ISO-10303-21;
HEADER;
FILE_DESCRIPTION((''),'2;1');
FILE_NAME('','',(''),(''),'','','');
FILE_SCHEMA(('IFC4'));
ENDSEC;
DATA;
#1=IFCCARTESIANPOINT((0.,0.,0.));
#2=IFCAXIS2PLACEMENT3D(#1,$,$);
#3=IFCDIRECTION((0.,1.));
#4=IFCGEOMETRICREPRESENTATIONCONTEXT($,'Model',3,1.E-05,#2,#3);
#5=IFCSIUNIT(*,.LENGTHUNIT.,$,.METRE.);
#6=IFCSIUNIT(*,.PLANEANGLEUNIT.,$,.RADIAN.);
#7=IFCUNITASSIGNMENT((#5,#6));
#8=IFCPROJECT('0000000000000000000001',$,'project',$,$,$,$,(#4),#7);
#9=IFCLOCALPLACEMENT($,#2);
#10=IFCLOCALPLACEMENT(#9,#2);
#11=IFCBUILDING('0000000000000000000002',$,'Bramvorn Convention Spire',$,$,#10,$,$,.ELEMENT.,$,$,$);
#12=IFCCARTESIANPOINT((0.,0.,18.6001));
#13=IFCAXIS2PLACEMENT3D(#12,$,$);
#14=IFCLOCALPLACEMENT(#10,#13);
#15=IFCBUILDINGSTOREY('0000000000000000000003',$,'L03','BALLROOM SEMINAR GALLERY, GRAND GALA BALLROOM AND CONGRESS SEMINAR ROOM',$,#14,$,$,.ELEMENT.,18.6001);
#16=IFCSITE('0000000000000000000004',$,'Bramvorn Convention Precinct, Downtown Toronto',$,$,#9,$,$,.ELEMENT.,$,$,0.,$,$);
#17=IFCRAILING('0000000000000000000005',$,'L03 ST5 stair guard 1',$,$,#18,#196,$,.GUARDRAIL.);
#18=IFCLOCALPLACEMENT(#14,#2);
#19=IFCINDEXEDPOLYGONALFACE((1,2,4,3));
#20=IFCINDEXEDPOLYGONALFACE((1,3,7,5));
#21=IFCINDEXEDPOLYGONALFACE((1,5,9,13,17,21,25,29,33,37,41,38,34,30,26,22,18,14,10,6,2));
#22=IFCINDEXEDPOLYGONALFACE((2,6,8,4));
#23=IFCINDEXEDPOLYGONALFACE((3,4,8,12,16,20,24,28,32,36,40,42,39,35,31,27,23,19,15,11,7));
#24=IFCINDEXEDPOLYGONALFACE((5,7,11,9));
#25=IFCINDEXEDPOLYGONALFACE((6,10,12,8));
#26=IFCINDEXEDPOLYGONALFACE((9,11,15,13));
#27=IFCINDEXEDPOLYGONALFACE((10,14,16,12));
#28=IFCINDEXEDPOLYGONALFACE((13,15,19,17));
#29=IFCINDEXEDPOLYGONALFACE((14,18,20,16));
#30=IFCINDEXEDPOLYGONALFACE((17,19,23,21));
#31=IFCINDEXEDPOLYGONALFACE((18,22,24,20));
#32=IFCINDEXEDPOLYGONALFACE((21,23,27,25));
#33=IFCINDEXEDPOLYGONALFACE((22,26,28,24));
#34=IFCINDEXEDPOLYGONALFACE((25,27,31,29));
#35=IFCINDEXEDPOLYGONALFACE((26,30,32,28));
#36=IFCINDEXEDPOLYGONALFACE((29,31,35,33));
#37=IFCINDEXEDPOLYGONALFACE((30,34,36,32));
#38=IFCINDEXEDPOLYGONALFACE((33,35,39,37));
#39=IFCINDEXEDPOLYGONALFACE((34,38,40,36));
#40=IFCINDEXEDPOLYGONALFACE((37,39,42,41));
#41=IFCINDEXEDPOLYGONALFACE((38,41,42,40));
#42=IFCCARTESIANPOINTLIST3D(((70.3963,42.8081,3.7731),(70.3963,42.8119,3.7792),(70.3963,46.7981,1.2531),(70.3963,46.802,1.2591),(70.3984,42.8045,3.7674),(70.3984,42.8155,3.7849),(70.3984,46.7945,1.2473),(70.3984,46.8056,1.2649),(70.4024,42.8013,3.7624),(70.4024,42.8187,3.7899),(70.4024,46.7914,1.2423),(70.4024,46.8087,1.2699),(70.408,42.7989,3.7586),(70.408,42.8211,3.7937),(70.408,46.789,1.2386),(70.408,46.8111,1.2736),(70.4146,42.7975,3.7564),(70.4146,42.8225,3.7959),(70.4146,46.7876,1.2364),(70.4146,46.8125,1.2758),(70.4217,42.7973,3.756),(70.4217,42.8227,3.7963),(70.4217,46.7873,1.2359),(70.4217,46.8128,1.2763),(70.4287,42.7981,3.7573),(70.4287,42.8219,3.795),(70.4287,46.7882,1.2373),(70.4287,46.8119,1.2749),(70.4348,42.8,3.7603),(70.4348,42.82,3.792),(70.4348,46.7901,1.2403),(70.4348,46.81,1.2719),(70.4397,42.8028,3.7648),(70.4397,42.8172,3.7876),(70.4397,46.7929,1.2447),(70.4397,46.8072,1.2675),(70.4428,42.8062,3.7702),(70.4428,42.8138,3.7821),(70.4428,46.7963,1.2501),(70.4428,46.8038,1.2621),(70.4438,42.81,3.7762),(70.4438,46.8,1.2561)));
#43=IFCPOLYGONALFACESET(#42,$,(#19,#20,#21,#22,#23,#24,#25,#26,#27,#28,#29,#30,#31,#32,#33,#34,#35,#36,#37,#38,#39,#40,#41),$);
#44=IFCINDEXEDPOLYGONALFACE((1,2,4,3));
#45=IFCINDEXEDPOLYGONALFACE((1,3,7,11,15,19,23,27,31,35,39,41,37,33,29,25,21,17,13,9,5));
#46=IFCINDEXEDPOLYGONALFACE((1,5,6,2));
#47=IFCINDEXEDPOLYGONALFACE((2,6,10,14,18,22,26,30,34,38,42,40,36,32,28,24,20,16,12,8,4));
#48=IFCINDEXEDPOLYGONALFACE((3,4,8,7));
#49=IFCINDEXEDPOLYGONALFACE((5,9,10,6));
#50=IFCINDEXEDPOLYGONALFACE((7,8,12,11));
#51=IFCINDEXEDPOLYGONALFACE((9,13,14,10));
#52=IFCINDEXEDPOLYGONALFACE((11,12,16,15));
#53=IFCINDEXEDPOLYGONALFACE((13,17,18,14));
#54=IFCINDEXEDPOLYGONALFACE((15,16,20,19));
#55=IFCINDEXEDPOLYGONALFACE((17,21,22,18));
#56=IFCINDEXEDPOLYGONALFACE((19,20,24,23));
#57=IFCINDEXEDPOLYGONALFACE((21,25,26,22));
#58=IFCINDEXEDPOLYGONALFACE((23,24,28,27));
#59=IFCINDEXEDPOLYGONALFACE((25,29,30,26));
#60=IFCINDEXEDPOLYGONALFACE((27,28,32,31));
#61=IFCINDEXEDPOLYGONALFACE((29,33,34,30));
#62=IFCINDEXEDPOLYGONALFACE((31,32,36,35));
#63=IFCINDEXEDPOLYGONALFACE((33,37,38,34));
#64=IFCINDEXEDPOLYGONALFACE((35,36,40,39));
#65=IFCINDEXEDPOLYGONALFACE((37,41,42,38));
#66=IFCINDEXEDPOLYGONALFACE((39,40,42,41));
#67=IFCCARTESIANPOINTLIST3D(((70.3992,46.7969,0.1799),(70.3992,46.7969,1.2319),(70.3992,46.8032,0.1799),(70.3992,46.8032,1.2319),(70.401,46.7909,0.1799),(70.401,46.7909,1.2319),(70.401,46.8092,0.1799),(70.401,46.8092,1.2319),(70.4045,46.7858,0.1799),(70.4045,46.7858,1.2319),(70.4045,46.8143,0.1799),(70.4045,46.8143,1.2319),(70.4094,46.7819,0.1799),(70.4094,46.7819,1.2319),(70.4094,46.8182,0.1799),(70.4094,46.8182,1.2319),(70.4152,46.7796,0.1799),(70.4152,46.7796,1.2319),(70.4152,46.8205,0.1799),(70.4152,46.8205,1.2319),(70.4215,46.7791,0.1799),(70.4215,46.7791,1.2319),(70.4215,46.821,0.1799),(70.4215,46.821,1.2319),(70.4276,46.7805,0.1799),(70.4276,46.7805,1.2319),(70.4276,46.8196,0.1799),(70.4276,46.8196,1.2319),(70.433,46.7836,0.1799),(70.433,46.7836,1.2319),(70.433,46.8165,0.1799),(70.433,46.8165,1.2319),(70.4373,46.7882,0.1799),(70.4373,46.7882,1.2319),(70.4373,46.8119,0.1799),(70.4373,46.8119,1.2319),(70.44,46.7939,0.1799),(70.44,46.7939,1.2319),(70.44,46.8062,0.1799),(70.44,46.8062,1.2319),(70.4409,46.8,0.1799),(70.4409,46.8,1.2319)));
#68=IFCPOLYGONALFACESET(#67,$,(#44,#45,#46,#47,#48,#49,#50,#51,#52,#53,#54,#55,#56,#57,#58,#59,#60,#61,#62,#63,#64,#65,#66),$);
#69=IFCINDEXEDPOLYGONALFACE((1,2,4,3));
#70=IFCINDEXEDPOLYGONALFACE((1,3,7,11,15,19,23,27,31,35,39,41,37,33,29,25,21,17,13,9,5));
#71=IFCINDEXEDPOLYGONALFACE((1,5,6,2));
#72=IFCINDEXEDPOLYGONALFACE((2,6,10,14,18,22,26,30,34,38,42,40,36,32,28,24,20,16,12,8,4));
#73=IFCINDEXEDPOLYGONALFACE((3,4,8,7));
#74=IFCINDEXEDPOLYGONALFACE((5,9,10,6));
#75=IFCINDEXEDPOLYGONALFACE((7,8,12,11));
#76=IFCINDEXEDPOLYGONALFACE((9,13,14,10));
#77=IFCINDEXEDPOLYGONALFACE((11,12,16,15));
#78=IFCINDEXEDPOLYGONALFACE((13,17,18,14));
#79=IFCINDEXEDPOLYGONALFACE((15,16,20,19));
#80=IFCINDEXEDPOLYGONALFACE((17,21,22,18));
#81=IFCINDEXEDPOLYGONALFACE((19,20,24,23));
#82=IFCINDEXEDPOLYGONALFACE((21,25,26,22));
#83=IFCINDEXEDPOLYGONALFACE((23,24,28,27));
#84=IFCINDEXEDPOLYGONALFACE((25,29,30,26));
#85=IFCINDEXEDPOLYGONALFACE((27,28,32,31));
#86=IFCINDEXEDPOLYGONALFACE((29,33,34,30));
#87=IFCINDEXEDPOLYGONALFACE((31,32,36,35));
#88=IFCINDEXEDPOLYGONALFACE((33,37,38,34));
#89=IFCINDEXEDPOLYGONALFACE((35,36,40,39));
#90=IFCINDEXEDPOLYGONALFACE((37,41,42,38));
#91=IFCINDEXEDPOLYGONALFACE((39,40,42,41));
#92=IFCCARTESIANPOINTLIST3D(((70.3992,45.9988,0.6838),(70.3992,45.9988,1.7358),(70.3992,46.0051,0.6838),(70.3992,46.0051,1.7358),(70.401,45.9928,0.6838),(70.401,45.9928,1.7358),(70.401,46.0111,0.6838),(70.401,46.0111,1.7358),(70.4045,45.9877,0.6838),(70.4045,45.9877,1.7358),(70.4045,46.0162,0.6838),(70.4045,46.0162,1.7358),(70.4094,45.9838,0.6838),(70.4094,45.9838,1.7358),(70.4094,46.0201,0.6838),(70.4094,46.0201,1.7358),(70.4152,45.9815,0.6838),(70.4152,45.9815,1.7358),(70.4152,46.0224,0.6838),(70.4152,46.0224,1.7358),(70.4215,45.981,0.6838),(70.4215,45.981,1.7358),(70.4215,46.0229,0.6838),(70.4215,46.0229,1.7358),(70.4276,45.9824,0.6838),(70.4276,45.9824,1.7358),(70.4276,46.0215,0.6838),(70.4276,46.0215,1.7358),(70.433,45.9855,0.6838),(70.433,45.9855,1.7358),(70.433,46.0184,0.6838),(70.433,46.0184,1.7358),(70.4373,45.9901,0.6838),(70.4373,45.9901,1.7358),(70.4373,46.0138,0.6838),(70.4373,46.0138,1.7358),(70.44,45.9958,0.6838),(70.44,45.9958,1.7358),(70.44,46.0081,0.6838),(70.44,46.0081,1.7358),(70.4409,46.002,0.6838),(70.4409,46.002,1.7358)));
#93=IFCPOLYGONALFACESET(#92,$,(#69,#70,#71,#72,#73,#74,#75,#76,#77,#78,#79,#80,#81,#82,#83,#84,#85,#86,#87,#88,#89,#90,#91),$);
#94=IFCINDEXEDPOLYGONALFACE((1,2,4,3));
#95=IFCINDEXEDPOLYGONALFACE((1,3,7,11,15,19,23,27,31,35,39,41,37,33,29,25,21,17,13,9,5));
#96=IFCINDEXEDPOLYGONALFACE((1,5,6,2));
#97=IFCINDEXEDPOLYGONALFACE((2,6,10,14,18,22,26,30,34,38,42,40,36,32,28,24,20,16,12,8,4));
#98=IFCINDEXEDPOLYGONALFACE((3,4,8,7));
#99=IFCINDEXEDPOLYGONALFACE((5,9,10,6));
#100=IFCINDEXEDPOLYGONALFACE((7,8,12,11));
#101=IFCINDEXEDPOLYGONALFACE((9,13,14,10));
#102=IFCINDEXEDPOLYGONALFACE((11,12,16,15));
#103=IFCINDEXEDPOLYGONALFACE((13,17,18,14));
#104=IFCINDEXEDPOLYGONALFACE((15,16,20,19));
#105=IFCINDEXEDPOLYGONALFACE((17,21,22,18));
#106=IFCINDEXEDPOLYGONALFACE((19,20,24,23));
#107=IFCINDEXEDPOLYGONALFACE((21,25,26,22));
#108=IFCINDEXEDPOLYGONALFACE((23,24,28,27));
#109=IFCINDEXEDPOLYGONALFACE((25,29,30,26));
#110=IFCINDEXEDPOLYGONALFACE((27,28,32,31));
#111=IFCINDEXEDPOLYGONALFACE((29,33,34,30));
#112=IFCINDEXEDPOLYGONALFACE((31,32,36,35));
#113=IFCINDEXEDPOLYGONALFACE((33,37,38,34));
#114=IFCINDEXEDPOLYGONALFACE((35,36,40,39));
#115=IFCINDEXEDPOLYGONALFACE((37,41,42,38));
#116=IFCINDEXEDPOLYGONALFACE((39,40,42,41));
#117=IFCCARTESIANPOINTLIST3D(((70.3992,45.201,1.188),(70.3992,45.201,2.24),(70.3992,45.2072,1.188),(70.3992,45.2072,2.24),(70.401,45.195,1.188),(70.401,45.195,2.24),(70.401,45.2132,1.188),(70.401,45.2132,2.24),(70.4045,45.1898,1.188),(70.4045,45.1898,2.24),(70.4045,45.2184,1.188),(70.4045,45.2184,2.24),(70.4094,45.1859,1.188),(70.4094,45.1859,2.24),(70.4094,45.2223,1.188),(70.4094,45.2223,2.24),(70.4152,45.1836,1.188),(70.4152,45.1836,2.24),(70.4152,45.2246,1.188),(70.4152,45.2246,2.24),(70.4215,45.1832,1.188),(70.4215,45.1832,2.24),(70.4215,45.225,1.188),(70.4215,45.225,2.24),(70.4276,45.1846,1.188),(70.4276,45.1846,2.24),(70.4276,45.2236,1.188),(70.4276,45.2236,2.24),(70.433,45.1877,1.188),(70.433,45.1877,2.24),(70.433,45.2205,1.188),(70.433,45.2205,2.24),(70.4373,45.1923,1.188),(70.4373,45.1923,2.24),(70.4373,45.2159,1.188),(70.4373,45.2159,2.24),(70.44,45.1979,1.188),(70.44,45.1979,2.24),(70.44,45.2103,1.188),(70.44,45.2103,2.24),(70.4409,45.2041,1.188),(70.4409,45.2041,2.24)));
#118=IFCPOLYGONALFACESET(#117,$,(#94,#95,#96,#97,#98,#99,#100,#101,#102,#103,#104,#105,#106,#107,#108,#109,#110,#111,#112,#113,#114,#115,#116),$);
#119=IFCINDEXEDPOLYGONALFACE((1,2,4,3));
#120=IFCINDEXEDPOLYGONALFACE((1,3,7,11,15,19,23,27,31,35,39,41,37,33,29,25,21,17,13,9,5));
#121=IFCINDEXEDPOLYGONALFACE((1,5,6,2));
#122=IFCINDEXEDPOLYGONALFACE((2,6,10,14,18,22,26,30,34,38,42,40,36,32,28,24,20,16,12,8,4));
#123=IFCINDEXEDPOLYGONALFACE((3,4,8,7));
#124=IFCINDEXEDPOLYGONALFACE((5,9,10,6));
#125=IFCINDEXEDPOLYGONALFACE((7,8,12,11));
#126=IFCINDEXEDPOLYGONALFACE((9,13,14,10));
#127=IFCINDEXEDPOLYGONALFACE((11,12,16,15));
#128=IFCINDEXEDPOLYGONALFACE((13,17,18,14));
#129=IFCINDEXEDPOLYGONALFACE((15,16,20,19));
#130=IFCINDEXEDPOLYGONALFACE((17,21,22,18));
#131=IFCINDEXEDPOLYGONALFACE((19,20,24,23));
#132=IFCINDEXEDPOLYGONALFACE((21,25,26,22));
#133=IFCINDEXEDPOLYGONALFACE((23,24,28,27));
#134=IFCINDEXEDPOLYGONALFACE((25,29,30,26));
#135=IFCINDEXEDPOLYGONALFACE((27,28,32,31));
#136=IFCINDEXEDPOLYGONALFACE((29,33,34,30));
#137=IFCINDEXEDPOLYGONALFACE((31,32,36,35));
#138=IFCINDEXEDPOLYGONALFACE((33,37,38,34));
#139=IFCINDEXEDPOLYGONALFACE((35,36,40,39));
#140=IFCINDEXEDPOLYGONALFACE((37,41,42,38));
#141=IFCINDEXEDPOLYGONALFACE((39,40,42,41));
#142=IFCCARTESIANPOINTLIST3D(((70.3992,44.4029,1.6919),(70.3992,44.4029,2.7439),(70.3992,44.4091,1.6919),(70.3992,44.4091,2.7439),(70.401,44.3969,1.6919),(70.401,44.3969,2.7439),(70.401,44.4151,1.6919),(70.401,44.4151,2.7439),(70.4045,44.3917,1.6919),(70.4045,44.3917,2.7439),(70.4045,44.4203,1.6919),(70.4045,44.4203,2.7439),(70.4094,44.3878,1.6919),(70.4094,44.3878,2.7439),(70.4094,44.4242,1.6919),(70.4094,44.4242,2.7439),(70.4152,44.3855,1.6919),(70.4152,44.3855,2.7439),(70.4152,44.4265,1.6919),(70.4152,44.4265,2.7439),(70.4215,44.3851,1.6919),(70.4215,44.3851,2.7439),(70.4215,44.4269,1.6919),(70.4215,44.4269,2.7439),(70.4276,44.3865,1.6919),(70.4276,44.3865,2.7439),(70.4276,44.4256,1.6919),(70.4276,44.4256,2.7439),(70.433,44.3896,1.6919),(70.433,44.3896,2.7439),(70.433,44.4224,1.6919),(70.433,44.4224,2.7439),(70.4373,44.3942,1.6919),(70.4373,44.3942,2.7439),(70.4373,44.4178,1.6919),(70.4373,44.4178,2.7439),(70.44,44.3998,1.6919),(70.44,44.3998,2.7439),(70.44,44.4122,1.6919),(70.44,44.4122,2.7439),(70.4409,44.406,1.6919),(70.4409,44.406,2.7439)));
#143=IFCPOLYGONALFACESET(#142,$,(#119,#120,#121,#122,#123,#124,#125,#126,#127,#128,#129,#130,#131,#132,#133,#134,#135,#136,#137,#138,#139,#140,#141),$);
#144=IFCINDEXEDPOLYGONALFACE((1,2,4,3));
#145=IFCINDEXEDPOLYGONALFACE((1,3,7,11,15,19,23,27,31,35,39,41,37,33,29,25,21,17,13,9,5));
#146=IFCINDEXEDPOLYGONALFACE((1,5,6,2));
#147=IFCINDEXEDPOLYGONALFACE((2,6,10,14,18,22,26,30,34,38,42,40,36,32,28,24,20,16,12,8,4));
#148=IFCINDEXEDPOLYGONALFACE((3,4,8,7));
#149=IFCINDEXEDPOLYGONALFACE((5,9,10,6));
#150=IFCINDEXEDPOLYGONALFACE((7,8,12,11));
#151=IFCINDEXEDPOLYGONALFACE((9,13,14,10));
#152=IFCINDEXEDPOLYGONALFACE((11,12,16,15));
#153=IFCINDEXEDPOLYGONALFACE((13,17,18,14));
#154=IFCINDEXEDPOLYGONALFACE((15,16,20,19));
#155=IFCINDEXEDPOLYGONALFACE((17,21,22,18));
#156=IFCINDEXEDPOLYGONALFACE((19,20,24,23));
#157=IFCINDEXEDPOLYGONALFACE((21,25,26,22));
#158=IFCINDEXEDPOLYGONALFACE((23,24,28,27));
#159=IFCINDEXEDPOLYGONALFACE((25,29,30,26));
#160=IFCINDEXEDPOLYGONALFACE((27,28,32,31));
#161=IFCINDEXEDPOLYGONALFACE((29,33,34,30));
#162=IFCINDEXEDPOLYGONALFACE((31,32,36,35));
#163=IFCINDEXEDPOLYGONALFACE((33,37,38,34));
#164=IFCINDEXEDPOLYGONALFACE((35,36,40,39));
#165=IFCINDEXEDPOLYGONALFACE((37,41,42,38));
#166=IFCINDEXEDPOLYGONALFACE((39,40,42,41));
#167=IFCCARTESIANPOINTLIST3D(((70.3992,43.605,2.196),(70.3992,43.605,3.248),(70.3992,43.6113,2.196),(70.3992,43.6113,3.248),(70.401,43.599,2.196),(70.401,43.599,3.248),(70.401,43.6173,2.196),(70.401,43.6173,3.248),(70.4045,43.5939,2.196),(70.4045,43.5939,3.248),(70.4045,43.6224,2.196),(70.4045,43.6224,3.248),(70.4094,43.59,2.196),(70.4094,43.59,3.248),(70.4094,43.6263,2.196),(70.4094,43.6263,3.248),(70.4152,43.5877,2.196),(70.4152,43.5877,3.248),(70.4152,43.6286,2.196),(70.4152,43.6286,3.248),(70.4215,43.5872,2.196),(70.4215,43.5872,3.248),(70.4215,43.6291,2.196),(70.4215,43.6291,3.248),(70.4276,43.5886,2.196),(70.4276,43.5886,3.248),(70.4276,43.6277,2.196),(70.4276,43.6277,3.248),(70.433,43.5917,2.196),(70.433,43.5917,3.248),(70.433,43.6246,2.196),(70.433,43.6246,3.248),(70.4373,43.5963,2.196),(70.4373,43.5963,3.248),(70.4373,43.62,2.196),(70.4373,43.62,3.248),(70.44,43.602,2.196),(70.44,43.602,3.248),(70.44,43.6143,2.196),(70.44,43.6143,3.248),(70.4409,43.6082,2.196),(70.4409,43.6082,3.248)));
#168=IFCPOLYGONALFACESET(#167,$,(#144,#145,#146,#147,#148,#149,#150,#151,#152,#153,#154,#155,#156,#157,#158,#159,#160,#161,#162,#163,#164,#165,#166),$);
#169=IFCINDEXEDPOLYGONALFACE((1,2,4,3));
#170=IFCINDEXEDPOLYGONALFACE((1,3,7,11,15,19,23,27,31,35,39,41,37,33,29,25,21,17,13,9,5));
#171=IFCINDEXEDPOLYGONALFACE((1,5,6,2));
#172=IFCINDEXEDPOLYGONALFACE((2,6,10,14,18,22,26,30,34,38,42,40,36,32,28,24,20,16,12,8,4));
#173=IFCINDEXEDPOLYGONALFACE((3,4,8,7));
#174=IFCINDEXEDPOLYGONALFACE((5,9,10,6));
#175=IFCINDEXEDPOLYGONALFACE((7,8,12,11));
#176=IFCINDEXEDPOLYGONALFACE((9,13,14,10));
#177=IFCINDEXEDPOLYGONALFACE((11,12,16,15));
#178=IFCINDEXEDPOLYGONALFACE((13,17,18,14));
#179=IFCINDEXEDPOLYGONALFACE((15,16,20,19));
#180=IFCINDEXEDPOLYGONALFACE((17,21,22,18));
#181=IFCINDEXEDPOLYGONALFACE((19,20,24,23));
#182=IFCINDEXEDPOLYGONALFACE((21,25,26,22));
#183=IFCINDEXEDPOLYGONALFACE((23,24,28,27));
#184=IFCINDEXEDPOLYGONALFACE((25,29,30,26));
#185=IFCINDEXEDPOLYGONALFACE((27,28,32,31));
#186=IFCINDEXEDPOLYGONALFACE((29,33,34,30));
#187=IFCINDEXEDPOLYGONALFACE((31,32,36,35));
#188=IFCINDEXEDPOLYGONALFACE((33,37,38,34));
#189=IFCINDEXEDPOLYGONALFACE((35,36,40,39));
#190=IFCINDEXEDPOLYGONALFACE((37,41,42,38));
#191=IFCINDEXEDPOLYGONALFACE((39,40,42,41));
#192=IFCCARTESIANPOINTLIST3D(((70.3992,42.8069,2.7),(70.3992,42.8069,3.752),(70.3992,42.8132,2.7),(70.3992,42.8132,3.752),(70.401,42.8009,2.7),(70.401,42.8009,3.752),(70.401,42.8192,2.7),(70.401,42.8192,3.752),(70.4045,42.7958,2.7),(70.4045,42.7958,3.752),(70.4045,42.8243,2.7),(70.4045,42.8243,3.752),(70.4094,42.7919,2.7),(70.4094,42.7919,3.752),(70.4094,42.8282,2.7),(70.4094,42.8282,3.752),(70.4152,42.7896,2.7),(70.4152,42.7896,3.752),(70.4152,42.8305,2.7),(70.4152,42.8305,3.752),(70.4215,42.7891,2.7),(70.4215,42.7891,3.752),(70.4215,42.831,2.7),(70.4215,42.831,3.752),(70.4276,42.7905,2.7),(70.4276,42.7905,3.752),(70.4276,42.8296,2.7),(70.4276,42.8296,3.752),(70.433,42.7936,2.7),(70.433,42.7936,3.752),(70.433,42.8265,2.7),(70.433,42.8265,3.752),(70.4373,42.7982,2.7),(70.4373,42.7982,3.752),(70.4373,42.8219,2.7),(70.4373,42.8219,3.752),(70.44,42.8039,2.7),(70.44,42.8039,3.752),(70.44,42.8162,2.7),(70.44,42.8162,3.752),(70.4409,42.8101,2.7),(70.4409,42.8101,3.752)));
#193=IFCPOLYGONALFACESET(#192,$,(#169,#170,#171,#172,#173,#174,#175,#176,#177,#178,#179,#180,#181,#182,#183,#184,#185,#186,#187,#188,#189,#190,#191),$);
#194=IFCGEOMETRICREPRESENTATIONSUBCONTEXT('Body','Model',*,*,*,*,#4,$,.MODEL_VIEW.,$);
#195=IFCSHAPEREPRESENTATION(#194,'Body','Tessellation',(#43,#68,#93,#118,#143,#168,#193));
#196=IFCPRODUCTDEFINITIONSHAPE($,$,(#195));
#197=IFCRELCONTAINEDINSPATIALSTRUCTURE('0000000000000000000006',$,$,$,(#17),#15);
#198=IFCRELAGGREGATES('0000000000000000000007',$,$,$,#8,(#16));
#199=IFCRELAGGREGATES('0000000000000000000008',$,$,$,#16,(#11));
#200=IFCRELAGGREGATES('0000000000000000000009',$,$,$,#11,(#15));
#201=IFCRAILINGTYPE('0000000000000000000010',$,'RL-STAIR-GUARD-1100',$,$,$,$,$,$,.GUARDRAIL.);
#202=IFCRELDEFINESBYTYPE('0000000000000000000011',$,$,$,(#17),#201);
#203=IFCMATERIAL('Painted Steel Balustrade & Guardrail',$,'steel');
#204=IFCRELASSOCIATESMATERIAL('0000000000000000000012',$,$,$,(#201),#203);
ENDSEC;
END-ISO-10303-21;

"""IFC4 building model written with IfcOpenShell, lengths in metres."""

from ifc_helpers import new_model, si_unit, direction, frame, origin, origin_2d, place, context, subcontext, project, spatial, circle, extrude, material, type_object, element, save


model = new_model("IFC4")

# Units and contexts
model_context = context("Model", 3, precision=1e-05, world=origin(), true_north=direction((0.0, 1.0)))
body_context = subcontext(model_context, "Body", "Model", "MODEL_VIEW")
ifc_project = project(units=[si_unit("LENGTHUNIT", "METRE"), si_unit("PLANEANGLEUNIT", "RADIAN")], contexts=[model_context])

# Site, building, storey
site_placement = place(None, origin())
site = spatial("IfcSite", under=ifc_project, at=site_placement, Name="Bramvorn Convention Precinct, Downtown Toronto", CompositionType="ELEMENT", RefElevation=0.0)
building_placement = place(site_placement, origin())
building = spatial("IfcBuilding", under=site, at=building_placement, Name="Bramvorn Convention Spire", CompositionType="ELEMENT")
storey_placement = place(building_placement, frame((0.0, 0.0, 18.6001)))
storey = spatial("IfcBuildingStorey", under=building, at=storey_placement, Name="L03", Description="BALLROOM SEMINAR GALLERY, GRAND GALA BALLROOM AND CONGRESS SEMINAR ROOM", CompositionType="ELEMENT", Elevation=18.6001)

# Railing
ifc_material_1 = material(Name="Painted Steel Balustrade & Guardrail", Category="steel")
railing_type_1 = type_object("IfcRailingType", Name="RL-STAIR-GUARD-1100", PredefinedType="GUARDRAIL", material=ifc_material_1)
railing_1_placement = place(storey_placement, frame((70.4199, 46.8, 0.1799)))
element("IfcRailing", 1, at=railing_1_placement, inside=storey, type_object=railing_type_1, Name="L03 ST5 stair guard 1", PredefinedType="GUARDRAIL", context=body_context, shape_type="SweptSolid", body=[
    extrude(circle(Radius=0.0239, at=origin_2d()), frame((0.0, 0.0, 1.0762), z_axis=(0.0, -0.845486, 0.533997), x_axis=(1.0, 0.0, 0.0)), (0.0, 0.0, 1.0), 4.7192),
    extrude(circle(Radius=0.021, at=origin_2d()), origin(), (0.0, 0.0, 1.0), 1.052),
    extrude(circle(Radius=0.021, at=origin_2d()), frame((0.0, -0.7981, 0.5039)), (0.0, 0.0, 1.0), 1.052),
    extrude(circle(Radius=0.021, at=origin_2d()), frame((0.0, -1.5959, 1.0081)), (0.0, 0.0, 1.0), 1.052),
    extrude(circle(Radius=0.021, at=origin_2d()), frame((0.0, -2.394, 1.512)), (0.0, 0.0, 1.0), 1.052),
    extrude(circle(Radius=0.021, at=origin_2d()), frame((0.0, -3.1919, 2.0161)), (0.0, 0.0, 1.0), 1.052),
    extrude(circle(Radius=0.021, at=origin_2d()), frame((0.0, -3.99, 2.52)), (0.0, 0.0, 1.0), 1.052),
])

save(model, "model.ifc")
